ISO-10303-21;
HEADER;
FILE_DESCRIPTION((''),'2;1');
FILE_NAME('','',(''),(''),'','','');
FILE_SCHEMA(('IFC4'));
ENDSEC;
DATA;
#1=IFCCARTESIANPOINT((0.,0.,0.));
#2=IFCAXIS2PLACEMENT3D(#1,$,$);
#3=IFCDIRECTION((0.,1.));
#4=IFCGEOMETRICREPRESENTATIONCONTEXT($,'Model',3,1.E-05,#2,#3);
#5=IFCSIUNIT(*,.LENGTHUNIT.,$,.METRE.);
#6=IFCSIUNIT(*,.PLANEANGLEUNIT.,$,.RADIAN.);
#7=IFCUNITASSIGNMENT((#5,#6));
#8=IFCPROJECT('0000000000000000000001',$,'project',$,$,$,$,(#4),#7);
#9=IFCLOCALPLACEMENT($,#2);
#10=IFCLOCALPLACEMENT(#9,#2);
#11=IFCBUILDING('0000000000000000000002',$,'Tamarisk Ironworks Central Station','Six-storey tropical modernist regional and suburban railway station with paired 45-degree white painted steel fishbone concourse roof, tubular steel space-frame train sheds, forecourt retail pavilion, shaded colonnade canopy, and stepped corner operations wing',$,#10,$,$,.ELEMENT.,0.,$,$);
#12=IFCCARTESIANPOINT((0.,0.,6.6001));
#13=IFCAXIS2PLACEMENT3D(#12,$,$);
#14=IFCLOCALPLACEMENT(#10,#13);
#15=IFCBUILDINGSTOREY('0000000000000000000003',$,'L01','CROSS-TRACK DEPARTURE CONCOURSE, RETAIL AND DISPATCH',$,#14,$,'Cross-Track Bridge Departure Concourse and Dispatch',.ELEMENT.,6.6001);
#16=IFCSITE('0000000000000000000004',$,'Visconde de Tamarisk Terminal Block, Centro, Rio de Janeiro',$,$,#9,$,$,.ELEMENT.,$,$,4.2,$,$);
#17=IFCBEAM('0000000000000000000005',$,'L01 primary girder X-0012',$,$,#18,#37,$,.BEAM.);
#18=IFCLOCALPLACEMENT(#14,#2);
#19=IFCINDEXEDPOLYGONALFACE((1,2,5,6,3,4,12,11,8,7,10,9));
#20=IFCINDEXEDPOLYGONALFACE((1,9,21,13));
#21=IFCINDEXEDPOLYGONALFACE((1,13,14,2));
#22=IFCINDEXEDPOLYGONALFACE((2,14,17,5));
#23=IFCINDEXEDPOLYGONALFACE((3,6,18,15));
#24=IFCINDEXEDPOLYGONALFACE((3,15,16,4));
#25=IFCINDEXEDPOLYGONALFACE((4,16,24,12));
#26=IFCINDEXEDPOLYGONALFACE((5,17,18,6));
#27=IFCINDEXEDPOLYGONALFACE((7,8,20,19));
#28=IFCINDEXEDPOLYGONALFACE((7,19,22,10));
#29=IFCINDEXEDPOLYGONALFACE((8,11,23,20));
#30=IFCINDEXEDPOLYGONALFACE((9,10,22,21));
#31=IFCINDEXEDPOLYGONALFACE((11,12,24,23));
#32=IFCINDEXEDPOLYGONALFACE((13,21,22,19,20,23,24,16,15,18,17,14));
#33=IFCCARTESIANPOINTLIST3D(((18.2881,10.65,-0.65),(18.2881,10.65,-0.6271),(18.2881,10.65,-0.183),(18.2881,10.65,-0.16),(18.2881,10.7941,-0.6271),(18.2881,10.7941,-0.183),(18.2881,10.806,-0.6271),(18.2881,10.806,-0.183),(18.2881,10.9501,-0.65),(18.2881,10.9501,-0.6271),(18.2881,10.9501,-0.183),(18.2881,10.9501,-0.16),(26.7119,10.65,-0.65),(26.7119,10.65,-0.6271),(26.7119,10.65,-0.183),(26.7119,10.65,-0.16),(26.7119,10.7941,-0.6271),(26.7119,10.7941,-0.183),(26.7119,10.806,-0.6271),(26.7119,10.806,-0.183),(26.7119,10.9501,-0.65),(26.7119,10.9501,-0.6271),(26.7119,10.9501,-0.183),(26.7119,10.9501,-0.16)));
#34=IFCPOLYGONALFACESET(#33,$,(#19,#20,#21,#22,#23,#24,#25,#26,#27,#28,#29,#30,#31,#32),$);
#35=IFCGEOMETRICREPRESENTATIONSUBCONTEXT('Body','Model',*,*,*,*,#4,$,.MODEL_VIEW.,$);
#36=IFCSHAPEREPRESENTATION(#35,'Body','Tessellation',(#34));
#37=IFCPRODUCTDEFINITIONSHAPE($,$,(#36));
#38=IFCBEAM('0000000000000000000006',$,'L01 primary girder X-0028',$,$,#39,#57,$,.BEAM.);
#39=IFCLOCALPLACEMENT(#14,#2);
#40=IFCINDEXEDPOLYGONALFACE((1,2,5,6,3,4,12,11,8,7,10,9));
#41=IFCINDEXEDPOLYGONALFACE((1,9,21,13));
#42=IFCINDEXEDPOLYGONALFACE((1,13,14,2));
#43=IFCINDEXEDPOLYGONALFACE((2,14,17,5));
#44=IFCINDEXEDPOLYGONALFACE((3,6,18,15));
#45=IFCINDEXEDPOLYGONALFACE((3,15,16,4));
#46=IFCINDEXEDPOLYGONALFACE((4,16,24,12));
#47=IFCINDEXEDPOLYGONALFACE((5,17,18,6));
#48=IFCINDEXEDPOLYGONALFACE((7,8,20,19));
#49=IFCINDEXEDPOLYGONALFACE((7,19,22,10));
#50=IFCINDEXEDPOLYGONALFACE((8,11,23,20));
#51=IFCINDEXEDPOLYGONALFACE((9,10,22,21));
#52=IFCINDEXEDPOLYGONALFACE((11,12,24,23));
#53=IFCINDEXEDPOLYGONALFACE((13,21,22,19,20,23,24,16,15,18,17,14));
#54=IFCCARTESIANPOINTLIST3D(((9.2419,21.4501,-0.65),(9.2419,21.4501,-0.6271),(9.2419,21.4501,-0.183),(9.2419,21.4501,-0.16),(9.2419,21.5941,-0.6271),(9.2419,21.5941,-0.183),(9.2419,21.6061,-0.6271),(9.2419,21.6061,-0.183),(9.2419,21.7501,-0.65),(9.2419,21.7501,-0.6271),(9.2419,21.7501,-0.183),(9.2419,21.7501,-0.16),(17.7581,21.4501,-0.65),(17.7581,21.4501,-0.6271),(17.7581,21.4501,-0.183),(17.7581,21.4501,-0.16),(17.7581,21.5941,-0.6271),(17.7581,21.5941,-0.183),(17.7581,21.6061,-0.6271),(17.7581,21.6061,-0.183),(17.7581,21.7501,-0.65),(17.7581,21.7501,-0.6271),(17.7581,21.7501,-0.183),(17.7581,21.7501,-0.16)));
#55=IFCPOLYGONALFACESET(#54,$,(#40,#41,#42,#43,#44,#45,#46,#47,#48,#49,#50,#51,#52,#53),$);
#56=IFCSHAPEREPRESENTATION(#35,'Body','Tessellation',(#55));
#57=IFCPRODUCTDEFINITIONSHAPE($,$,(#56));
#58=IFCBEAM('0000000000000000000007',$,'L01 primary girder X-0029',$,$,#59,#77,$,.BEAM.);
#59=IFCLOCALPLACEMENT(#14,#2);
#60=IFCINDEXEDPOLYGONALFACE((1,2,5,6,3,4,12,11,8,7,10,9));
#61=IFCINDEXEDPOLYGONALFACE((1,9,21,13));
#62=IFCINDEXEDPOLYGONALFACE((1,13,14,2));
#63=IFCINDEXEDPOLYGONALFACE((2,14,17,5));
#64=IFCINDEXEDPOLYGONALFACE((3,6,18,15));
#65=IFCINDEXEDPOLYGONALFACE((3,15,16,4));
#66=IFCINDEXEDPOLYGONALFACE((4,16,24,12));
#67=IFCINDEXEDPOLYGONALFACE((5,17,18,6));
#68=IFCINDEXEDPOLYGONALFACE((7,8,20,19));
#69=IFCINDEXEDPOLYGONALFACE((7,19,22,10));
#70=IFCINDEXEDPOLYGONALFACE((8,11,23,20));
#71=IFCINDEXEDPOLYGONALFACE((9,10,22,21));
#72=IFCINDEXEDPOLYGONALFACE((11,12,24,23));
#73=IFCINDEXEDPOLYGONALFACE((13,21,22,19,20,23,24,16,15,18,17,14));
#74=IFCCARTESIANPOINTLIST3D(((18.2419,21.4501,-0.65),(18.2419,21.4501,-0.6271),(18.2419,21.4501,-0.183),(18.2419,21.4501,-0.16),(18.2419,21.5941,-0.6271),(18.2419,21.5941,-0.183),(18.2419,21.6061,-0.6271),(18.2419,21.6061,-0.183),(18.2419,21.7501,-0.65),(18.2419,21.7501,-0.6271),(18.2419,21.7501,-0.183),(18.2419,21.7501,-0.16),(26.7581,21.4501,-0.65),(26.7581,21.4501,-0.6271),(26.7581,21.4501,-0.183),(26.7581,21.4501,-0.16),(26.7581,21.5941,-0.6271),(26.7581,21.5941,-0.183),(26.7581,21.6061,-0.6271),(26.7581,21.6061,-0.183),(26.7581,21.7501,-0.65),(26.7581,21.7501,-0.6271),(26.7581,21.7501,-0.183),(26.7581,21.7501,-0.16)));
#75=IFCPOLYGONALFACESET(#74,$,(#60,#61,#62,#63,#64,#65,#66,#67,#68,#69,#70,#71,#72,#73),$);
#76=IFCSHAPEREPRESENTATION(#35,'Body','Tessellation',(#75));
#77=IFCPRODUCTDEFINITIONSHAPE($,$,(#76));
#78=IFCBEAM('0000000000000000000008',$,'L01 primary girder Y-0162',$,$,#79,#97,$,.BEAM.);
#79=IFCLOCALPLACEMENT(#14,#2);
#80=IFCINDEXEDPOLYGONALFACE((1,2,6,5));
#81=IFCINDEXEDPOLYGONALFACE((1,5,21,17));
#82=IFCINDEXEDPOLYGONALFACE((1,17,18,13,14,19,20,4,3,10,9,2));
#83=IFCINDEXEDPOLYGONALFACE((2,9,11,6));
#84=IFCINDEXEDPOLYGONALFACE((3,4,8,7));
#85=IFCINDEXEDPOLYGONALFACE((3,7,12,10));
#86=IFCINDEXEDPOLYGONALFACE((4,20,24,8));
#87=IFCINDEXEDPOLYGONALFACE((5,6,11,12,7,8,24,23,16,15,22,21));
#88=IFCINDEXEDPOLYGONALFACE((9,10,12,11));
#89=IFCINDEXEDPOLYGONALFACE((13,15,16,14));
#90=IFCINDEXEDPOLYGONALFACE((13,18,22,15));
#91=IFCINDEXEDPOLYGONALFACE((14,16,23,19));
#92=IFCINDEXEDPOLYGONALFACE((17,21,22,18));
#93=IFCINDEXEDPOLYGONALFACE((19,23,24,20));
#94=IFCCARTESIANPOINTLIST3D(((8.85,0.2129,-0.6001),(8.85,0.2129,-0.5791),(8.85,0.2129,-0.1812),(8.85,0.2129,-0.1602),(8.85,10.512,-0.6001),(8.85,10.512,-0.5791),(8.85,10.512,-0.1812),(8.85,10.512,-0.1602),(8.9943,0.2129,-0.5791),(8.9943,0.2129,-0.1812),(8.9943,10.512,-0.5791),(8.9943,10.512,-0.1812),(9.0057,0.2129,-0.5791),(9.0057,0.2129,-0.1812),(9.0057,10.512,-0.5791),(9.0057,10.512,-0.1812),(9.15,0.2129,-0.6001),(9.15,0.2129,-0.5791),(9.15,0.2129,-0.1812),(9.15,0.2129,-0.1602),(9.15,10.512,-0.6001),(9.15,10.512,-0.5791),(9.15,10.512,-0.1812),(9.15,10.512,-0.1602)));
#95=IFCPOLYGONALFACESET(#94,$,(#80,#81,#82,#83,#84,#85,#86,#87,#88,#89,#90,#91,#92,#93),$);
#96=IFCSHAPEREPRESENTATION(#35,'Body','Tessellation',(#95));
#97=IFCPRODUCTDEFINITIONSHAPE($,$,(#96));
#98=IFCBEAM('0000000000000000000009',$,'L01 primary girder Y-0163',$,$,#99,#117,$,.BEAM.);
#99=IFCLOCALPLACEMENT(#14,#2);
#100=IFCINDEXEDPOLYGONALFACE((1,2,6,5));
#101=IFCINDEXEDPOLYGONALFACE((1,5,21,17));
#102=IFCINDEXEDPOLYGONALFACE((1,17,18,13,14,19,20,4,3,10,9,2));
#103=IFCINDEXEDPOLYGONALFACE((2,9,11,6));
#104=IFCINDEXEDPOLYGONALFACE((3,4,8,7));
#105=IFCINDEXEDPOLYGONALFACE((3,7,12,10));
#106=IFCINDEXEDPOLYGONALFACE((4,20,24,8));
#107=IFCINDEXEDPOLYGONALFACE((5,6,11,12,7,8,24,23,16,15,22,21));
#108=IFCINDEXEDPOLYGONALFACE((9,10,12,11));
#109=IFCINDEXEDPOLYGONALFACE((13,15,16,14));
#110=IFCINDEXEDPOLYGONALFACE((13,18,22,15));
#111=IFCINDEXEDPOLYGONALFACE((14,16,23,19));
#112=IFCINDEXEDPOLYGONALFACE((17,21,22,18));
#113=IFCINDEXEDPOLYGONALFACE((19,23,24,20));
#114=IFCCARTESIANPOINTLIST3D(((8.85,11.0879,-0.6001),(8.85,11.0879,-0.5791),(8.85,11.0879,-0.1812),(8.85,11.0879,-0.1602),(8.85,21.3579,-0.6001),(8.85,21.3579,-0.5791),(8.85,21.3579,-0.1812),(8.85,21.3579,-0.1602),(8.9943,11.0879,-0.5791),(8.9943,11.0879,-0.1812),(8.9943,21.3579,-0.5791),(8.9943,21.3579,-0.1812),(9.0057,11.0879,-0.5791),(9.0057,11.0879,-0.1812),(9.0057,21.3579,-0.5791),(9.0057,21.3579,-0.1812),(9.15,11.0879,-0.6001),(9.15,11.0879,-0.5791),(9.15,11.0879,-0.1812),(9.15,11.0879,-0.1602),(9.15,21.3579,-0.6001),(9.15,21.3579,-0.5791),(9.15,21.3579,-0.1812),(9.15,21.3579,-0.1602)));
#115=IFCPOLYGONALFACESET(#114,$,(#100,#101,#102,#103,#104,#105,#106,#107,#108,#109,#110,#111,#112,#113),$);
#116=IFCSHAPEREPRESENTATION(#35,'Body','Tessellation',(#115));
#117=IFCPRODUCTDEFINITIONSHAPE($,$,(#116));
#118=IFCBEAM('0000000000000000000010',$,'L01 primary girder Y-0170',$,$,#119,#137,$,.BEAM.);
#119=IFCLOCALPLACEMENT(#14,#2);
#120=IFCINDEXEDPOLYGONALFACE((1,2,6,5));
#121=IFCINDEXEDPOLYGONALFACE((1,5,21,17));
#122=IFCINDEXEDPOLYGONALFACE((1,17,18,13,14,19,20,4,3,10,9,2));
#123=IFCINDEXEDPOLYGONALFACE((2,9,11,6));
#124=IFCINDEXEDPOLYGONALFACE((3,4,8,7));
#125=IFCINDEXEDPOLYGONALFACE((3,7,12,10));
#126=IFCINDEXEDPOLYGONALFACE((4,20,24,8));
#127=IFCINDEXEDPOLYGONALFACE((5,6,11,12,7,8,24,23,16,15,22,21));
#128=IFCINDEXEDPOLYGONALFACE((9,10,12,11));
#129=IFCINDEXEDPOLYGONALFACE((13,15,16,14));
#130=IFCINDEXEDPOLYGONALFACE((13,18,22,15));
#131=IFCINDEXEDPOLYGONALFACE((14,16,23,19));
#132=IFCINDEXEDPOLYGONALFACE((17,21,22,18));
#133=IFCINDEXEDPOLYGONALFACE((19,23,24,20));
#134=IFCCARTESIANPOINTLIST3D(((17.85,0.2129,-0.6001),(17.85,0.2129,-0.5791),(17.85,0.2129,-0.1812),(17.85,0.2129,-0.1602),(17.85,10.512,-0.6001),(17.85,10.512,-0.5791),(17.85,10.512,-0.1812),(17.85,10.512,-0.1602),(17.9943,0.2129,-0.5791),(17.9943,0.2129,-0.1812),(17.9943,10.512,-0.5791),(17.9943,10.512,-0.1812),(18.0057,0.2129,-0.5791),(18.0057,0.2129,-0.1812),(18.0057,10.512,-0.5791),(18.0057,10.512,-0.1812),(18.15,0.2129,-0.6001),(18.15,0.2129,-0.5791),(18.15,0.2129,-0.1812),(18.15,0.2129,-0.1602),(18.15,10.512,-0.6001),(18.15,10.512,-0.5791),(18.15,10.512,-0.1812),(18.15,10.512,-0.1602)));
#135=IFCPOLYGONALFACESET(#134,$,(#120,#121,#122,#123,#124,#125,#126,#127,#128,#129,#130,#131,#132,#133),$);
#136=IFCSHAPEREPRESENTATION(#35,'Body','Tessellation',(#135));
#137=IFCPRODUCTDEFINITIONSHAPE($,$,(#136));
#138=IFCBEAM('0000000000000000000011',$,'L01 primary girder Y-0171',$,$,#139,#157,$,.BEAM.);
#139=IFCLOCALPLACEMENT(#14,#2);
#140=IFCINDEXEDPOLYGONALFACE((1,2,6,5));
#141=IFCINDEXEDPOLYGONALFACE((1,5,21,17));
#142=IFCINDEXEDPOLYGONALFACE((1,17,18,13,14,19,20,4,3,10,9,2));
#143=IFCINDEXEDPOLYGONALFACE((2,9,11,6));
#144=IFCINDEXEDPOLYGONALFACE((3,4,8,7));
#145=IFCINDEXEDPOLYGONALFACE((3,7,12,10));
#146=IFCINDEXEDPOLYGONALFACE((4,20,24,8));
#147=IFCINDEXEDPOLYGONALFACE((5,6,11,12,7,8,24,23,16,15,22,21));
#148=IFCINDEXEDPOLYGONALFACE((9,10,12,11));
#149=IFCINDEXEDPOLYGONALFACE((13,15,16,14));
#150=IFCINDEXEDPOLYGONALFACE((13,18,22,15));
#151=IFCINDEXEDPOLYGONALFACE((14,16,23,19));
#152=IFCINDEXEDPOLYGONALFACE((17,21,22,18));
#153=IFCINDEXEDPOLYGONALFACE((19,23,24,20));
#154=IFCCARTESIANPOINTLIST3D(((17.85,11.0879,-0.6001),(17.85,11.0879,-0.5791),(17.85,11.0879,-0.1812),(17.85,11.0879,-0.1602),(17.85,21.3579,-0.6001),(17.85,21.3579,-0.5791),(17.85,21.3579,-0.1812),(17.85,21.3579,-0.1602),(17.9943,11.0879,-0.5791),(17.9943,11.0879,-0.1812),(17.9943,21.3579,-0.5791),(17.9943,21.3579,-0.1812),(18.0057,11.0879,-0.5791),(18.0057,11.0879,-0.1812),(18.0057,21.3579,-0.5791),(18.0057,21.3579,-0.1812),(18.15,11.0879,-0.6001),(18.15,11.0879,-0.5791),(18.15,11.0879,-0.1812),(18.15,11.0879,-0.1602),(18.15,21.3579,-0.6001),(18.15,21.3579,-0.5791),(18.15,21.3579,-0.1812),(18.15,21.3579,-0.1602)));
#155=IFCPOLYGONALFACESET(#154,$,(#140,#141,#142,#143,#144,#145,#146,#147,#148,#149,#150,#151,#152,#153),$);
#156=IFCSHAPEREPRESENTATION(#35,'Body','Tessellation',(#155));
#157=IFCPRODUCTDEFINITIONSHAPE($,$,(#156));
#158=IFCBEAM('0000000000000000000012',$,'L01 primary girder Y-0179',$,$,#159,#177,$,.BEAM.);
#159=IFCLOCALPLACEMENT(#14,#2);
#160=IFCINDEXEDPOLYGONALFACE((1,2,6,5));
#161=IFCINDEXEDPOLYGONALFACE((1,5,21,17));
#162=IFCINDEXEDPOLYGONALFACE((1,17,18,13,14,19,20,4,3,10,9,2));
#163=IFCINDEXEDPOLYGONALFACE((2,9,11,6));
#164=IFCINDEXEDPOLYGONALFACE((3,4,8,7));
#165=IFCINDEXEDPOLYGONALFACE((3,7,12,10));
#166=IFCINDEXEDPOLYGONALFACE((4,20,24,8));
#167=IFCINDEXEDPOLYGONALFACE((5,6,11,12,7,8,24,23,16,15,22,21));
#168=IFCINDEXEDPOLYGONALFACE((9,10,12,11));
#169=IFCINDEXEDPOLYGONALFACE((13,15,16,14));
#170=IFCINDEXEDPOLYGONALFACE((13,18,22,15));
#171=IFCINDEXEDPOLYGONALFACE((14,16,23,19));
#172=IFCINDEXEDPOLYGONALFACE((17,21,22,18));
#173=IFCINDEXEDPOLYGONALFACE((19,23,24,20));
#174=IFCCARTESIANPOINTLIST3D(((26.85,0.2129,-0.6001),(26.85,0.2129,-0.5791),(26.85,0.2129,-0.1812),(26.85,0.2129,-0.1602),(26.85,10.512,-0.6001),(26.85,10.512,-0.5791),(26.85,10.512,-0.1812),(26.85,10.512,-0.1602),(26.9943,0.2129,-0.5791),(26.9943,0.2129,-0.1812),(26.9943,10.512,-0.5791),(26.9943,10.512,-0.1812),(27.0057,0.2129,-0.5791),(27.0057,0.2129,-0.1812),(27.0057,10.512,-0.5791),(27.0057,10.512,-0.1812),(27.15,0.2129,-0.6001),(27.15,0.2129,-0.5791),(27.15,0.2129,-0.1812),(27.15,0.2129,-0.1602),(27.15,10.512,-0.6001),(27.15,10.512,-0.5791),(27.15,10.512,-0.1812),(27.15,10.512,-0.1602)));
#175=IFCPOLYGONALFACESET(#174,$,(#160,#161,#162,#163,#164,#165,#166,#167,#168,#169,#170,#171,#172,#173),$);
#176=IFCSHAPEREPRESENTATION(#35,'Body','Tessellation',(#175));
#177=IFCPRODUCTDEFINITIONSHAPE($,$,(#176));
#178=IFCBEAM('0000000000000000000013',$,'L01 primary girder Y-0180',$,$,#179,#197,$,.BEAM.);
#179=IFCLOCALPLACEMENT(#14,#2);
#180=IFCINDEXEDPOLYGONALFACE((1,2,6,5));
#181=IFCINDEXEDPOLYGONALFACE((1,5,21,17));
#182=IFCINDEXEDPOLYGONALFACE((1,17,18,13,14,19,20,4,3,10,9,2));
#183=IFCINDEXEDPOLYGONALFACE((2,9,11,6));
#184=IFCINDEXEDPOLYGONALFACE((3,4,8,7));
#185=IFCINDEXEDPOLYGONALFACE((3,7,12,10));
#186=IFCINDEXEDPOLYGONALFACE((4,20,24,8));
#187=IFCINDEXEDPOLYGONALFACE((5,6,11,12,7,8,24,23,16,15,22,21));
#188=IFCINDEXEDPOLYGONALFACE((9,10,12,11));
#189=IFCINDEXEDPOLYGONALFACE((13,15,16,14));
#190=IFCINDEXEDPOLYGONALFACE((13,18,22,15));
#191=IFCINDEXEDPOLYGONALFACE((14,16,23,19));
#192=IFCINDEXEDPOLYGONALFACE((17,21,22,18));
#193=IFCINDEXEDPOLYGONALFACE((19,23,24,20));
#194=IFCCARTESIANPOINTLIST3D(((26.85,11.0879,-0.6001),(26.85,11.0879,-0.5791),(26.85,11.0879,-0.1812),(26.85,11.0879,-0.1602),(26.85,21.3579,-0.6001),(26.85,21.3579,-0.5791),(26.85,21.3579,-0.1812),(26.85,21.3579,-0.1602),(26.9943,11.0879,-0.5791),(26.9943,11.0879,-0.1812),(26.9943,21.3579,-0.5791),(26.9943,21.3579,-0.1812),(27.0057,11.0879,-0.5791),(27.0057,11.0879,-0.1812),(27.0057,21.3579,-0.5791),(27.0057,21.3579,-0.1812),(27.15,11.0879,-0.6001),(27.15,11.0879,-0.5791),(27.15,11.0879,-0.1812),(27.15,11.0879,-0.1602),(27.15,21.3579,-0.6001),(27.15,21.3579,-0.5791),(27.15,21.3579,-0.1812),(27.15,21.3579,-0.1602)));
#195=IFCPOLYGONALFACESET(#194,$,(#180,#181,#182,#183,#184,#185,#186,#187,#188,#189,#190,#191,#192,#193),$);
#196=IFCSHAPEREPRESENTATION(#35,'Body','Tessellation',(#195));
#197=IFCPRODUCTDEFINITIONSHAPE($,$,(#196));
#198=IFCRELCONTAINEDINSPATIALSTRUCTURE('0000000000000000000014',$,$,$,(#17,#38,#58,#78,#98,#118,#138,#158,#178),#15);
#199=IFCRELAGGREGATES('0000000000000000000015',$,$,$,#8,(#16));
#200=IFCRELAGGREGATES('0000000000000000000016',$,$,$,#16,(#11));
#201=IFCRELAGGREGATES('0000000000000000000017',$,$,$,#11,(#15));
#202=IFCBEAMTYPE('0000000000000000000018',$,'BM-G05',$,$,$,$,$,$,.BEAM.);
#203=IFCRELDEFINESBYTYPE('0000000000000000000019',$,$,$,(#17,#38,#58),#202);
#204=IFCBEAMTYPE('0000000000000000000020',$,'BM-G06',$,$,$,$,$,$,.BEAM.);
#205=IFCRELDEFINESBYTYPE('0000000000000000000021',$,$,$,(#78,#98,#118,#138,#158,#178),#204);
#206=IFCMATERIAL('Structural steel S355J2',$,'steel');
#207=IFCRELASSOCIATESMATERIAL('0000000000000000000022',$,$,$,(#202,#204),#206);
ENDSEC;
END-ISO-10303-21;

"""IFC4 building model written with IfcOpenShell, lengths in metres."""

from ifc_helpers import new_model, si_unit, direction, frame, origin, origin_2d, place, context, subcontext, project, spatial, i_section, extrude, material, material_profile, profile_set, type_object, element, save


model = new_model("IFC4")

# Units and contexts
model_context = context("Model", 3, precision=1e-05, world=origin(), true_north=direction((0.0, 1.0)))
body_context = subcontext(model_context, "Body", "Model", "MODEL_VIEW")
ifc_project = project(units=[si_unit("LENGTHUNIT", "METRE"), si_unit("PLANEANGLEUNIT", "RADIAN")], contexts=[model_context])

# Site, building, storey
site_placement = place(None, origin())
site = spatial("IfcSite", under=ifc_project, at=site_placement, Name="Visconde de Tamarisk Terminal Block, Centro, Rio de Janeiro", CompositionType="ELEMENT", RefElevation=4.2)
building_placement = place(site_placement, origin())
building = spatial("IfcBuilding", under=site, at=building_placement, Name="Tamarisk Ironworks Central Station", Description="Six-storey tropical modernist regional and suburban railway station with paired 45-degree white painted steel fishbone concourse roof, tubular steel space-frame train sheds, forecourt retail pavilion, shaded colonnade canopy, and stepped corner operations wing", CompositionType="ELEMENT", ElevationOfRefHeight=0.0)
storey_placement = place(building_placement, frame((0.0, 0.0, 6.6001)))
storey = spatial("IfcBuildingStorey", under=building, at=storey_placement, Name="L01", Description="CROSS-TRACK DEPARTURE CONCOURSE, RETAIL AND DISPATCH", LongName="Cross-Track Bridge Departure Concourse and Dispatch", CompositionType="ELEMENT", Elevation=6.6001)

# Beams
ifc_material_1 = material(Name="Structural steel S355J2", Category="steel")
ifc_material_profile_1 = material_profile(ifc_material_1, i_section(OverallWidth=0.3, OverallDepth=0.49, WebThickness=0.012, FlangeThickness=0.0229, at=origin_2d()), Name="HEA 500")
ifc_profile_set_1 = profile_set([ifc_material_profile_1], Name="Structural steel S355J2")
beam_type_1 = type_object("IfcBeamType", Name="BM-G05", PredefinedType="BEAM", material=ifc_profile_set_1)
for number, where, z_axis, x_axis, name in (
    (1, (18.2881, 10.8, -0.405), (1.0, 0.0, 0.0), (0.0, 1.0, 0.0), "L01 primary girder X-0012"),
):
    element("IfcBeam", number, at=place(storey_placement, frame(where, z_axis=z_axis, x_axis=x_axis)), inside=storey, type_object=beam_type_1, Name=name, PredefinedType="BEAM", context=body_context, shape_type="SweptSolid", body=[
        extrude(i_section(OverallWidth=0.3, OverallDepth=0.49, WebThickness=0.012, FlangeThickness=0.0229, at=origin_2d()), origin(), (0.0, 0.0, 1.0), 8.4238),
    ])
for number, where, z_axis, x_axis, name in (
    (2, (9.2419, 21.6001, -0.405), (1.0, 0.0, 0.0), (0.0, 1.0, 0.0), "L01 primary girder X-0028"),
    (3, (18.2419, 21.6001, -0.405), (1.0, 0.0, 0.0), (0.0, 1.0, 0.0), "L01 primary girder X-0029"),
):
    element("IfcBeam", number, at=place(storey_placement, frame(where, z_axis=z_axis, x_axis=x_axis)), inside=storey, type_object=beam_type_1, Name=name, PredefinedType="BEAM", context=body_context, shape_type="SweptSolid", body=[
        extrude(i_section(OverallWidth=0.3, OverallDepth=0.49, WebThickness=0.012, FlangeThickness=0.0229, at=origin_2d()), origin(), (0.0, 0.0, 1.0), 8.5161),
    ])
ifc_material_profile_2 = material_profile(ifc_material_1, i_section(OverallWidth=0.3, OverallDepth=0.4399, WebThickness=0.0115, FlangeThickness=0.021, at=origin_2d()), Name="HEA 450")
ifc_profile_set_2 = profile_set([ifc_material_profile_2], Name="Structural steel S355J2")
beam_type_2 = type_object("IfcBeamType", Name="BM-G06", PredefinedType="BEAM", material=ifc_profile_set_2)
beam_1_placement = place(storey_placement, frame((9.0, 0.2129, -0.3801), z_axis=(0.0, 1.0, 0.0), x_axis=(-1.0, 0.0, 0.0)))
element("IfcBeam", 4, at=beam_1_placement, inside=storey, type_object=beam_type_2, Name="L01 primary girder Y-0162", PredefinedType="BEAM", context=body_context, shape_type="SweptSolid", body=[
    extrude(i_section(OverallWidth=0.3, OverallDepth=0.4399, WebThickness=0.0115, FlangeThickness=0.021, at=origin_2d()), origin(), (0.0, 0.0, 1.0), 10.2991),
])
beam_2_placement = place(storey_placement, frame((9.0, 11.0879, -0.3801), z_axis=(0.0, 1.0, 0.0), x_axis=(-1.0, 0.0, 0.0)))
element("IfcBeam", 5, at=beam_2_placement, inside=storey, type_object=beam_type_2, Name="L01 primary girder Y-0163", PredefinedType="BEAM", context=body_context, shape_type="SweptSolid", body=[
    extrude(i_section(OverallWidth=0.3, OverallDepth=0.4399, WebThickness=0.0115, FlangeThickness=0.021, at=origin_2d()), origin(), (0.0, 0.0, 1.0), 10.27),
])
beam_3_placement = place(storey_placement, frame((18.0, 0.2129, -0.3801), z_axis=(0.0, 1.0, 0.0), x_axis=(-1.0, 0.0, 0.0)))
element("IfcBeam", 6, at=beam_3_placement, inside=storey, type_object=beam_type_2, Name="L01 primary girder Y-0170", PredefinedType="BEAM", context=body_context, shape_type="SweptSolid", body=[
    extrude(i_section(OverallWidth=0.3, OverallDepth=0.4399, WebThickness=0.0115, FlangeThickness=0.021, at=origin_2d()), origin(), (0.0, 0.0, 1.0), 10.2991),
])
beam_4_placement = place(storey_placement, frame((18.0, 11.0879, -0.3801), z_axis=(0.0, 1.0, 0.0), x_axis=(-1.0, 0.0, 0.0)))
element("IfcBeam", 7, at=beam_4_placement, inside=storey, type_object=beam_type_2, Name="L01 primary girder Y-0171", PredefinedType="BEAM", context=body_context, shape_type="SweptSolid", body=[
    extrude(i_section(OverallWidth=0.3, OverallDepth=0.4399, WebThickness=0.0115, FlangeThickness=0.021, at=origin_2d()), origin(), (0.0, 0.0, 1.0), 10.27),
])
beam_5_placement = place(storey_placement, frame((27.0, 0.2129, -0.3801), z_axis=(0.0, 1.0, 0.0), x_axis=(-1.0, 0.0, 0.0)))
element("IfcBeam", 8, at=beam_5_placement, inside=storey, type_object=beam_type_2, Name="L01 primary girder Y-0179", PredefinedType="BEAM", context=body_context, shape_type="SweptSolid", body=[
    extrude(i_section(OverallWidth=0.3, OverallDepth=0.4399, WebThickness=0.0115, FlangeThickness=0.021, at=origin_2d()), origin(), (0.0, 0.0, 1.0), 10.2991),
])
beam_6_placement = place(storey_placement, frame((27.0, 11.0879, -0.3801), z_axis=(0.0, 1.0, 0.0), x_axis=(-1.0, 0.0, 0.0)))
element("IfcBeam", 9, at=beam_6_placement, inside=storey, type_object=beam_type_2, Name="L01 primary girder Y-0180", PredefinedType="BEAM", context=body_context, shape_type="SweptSolid", body=[
    extrude(i_section(OverallWidth=0.3, OverallDepth=0.4399, WebThickness=0.0115, FlangeThickness=0.021, at=origin_2d()), origin(), (0.0, 0.0, 1.0), 10.27),
])

save(model, "model.ifc")
